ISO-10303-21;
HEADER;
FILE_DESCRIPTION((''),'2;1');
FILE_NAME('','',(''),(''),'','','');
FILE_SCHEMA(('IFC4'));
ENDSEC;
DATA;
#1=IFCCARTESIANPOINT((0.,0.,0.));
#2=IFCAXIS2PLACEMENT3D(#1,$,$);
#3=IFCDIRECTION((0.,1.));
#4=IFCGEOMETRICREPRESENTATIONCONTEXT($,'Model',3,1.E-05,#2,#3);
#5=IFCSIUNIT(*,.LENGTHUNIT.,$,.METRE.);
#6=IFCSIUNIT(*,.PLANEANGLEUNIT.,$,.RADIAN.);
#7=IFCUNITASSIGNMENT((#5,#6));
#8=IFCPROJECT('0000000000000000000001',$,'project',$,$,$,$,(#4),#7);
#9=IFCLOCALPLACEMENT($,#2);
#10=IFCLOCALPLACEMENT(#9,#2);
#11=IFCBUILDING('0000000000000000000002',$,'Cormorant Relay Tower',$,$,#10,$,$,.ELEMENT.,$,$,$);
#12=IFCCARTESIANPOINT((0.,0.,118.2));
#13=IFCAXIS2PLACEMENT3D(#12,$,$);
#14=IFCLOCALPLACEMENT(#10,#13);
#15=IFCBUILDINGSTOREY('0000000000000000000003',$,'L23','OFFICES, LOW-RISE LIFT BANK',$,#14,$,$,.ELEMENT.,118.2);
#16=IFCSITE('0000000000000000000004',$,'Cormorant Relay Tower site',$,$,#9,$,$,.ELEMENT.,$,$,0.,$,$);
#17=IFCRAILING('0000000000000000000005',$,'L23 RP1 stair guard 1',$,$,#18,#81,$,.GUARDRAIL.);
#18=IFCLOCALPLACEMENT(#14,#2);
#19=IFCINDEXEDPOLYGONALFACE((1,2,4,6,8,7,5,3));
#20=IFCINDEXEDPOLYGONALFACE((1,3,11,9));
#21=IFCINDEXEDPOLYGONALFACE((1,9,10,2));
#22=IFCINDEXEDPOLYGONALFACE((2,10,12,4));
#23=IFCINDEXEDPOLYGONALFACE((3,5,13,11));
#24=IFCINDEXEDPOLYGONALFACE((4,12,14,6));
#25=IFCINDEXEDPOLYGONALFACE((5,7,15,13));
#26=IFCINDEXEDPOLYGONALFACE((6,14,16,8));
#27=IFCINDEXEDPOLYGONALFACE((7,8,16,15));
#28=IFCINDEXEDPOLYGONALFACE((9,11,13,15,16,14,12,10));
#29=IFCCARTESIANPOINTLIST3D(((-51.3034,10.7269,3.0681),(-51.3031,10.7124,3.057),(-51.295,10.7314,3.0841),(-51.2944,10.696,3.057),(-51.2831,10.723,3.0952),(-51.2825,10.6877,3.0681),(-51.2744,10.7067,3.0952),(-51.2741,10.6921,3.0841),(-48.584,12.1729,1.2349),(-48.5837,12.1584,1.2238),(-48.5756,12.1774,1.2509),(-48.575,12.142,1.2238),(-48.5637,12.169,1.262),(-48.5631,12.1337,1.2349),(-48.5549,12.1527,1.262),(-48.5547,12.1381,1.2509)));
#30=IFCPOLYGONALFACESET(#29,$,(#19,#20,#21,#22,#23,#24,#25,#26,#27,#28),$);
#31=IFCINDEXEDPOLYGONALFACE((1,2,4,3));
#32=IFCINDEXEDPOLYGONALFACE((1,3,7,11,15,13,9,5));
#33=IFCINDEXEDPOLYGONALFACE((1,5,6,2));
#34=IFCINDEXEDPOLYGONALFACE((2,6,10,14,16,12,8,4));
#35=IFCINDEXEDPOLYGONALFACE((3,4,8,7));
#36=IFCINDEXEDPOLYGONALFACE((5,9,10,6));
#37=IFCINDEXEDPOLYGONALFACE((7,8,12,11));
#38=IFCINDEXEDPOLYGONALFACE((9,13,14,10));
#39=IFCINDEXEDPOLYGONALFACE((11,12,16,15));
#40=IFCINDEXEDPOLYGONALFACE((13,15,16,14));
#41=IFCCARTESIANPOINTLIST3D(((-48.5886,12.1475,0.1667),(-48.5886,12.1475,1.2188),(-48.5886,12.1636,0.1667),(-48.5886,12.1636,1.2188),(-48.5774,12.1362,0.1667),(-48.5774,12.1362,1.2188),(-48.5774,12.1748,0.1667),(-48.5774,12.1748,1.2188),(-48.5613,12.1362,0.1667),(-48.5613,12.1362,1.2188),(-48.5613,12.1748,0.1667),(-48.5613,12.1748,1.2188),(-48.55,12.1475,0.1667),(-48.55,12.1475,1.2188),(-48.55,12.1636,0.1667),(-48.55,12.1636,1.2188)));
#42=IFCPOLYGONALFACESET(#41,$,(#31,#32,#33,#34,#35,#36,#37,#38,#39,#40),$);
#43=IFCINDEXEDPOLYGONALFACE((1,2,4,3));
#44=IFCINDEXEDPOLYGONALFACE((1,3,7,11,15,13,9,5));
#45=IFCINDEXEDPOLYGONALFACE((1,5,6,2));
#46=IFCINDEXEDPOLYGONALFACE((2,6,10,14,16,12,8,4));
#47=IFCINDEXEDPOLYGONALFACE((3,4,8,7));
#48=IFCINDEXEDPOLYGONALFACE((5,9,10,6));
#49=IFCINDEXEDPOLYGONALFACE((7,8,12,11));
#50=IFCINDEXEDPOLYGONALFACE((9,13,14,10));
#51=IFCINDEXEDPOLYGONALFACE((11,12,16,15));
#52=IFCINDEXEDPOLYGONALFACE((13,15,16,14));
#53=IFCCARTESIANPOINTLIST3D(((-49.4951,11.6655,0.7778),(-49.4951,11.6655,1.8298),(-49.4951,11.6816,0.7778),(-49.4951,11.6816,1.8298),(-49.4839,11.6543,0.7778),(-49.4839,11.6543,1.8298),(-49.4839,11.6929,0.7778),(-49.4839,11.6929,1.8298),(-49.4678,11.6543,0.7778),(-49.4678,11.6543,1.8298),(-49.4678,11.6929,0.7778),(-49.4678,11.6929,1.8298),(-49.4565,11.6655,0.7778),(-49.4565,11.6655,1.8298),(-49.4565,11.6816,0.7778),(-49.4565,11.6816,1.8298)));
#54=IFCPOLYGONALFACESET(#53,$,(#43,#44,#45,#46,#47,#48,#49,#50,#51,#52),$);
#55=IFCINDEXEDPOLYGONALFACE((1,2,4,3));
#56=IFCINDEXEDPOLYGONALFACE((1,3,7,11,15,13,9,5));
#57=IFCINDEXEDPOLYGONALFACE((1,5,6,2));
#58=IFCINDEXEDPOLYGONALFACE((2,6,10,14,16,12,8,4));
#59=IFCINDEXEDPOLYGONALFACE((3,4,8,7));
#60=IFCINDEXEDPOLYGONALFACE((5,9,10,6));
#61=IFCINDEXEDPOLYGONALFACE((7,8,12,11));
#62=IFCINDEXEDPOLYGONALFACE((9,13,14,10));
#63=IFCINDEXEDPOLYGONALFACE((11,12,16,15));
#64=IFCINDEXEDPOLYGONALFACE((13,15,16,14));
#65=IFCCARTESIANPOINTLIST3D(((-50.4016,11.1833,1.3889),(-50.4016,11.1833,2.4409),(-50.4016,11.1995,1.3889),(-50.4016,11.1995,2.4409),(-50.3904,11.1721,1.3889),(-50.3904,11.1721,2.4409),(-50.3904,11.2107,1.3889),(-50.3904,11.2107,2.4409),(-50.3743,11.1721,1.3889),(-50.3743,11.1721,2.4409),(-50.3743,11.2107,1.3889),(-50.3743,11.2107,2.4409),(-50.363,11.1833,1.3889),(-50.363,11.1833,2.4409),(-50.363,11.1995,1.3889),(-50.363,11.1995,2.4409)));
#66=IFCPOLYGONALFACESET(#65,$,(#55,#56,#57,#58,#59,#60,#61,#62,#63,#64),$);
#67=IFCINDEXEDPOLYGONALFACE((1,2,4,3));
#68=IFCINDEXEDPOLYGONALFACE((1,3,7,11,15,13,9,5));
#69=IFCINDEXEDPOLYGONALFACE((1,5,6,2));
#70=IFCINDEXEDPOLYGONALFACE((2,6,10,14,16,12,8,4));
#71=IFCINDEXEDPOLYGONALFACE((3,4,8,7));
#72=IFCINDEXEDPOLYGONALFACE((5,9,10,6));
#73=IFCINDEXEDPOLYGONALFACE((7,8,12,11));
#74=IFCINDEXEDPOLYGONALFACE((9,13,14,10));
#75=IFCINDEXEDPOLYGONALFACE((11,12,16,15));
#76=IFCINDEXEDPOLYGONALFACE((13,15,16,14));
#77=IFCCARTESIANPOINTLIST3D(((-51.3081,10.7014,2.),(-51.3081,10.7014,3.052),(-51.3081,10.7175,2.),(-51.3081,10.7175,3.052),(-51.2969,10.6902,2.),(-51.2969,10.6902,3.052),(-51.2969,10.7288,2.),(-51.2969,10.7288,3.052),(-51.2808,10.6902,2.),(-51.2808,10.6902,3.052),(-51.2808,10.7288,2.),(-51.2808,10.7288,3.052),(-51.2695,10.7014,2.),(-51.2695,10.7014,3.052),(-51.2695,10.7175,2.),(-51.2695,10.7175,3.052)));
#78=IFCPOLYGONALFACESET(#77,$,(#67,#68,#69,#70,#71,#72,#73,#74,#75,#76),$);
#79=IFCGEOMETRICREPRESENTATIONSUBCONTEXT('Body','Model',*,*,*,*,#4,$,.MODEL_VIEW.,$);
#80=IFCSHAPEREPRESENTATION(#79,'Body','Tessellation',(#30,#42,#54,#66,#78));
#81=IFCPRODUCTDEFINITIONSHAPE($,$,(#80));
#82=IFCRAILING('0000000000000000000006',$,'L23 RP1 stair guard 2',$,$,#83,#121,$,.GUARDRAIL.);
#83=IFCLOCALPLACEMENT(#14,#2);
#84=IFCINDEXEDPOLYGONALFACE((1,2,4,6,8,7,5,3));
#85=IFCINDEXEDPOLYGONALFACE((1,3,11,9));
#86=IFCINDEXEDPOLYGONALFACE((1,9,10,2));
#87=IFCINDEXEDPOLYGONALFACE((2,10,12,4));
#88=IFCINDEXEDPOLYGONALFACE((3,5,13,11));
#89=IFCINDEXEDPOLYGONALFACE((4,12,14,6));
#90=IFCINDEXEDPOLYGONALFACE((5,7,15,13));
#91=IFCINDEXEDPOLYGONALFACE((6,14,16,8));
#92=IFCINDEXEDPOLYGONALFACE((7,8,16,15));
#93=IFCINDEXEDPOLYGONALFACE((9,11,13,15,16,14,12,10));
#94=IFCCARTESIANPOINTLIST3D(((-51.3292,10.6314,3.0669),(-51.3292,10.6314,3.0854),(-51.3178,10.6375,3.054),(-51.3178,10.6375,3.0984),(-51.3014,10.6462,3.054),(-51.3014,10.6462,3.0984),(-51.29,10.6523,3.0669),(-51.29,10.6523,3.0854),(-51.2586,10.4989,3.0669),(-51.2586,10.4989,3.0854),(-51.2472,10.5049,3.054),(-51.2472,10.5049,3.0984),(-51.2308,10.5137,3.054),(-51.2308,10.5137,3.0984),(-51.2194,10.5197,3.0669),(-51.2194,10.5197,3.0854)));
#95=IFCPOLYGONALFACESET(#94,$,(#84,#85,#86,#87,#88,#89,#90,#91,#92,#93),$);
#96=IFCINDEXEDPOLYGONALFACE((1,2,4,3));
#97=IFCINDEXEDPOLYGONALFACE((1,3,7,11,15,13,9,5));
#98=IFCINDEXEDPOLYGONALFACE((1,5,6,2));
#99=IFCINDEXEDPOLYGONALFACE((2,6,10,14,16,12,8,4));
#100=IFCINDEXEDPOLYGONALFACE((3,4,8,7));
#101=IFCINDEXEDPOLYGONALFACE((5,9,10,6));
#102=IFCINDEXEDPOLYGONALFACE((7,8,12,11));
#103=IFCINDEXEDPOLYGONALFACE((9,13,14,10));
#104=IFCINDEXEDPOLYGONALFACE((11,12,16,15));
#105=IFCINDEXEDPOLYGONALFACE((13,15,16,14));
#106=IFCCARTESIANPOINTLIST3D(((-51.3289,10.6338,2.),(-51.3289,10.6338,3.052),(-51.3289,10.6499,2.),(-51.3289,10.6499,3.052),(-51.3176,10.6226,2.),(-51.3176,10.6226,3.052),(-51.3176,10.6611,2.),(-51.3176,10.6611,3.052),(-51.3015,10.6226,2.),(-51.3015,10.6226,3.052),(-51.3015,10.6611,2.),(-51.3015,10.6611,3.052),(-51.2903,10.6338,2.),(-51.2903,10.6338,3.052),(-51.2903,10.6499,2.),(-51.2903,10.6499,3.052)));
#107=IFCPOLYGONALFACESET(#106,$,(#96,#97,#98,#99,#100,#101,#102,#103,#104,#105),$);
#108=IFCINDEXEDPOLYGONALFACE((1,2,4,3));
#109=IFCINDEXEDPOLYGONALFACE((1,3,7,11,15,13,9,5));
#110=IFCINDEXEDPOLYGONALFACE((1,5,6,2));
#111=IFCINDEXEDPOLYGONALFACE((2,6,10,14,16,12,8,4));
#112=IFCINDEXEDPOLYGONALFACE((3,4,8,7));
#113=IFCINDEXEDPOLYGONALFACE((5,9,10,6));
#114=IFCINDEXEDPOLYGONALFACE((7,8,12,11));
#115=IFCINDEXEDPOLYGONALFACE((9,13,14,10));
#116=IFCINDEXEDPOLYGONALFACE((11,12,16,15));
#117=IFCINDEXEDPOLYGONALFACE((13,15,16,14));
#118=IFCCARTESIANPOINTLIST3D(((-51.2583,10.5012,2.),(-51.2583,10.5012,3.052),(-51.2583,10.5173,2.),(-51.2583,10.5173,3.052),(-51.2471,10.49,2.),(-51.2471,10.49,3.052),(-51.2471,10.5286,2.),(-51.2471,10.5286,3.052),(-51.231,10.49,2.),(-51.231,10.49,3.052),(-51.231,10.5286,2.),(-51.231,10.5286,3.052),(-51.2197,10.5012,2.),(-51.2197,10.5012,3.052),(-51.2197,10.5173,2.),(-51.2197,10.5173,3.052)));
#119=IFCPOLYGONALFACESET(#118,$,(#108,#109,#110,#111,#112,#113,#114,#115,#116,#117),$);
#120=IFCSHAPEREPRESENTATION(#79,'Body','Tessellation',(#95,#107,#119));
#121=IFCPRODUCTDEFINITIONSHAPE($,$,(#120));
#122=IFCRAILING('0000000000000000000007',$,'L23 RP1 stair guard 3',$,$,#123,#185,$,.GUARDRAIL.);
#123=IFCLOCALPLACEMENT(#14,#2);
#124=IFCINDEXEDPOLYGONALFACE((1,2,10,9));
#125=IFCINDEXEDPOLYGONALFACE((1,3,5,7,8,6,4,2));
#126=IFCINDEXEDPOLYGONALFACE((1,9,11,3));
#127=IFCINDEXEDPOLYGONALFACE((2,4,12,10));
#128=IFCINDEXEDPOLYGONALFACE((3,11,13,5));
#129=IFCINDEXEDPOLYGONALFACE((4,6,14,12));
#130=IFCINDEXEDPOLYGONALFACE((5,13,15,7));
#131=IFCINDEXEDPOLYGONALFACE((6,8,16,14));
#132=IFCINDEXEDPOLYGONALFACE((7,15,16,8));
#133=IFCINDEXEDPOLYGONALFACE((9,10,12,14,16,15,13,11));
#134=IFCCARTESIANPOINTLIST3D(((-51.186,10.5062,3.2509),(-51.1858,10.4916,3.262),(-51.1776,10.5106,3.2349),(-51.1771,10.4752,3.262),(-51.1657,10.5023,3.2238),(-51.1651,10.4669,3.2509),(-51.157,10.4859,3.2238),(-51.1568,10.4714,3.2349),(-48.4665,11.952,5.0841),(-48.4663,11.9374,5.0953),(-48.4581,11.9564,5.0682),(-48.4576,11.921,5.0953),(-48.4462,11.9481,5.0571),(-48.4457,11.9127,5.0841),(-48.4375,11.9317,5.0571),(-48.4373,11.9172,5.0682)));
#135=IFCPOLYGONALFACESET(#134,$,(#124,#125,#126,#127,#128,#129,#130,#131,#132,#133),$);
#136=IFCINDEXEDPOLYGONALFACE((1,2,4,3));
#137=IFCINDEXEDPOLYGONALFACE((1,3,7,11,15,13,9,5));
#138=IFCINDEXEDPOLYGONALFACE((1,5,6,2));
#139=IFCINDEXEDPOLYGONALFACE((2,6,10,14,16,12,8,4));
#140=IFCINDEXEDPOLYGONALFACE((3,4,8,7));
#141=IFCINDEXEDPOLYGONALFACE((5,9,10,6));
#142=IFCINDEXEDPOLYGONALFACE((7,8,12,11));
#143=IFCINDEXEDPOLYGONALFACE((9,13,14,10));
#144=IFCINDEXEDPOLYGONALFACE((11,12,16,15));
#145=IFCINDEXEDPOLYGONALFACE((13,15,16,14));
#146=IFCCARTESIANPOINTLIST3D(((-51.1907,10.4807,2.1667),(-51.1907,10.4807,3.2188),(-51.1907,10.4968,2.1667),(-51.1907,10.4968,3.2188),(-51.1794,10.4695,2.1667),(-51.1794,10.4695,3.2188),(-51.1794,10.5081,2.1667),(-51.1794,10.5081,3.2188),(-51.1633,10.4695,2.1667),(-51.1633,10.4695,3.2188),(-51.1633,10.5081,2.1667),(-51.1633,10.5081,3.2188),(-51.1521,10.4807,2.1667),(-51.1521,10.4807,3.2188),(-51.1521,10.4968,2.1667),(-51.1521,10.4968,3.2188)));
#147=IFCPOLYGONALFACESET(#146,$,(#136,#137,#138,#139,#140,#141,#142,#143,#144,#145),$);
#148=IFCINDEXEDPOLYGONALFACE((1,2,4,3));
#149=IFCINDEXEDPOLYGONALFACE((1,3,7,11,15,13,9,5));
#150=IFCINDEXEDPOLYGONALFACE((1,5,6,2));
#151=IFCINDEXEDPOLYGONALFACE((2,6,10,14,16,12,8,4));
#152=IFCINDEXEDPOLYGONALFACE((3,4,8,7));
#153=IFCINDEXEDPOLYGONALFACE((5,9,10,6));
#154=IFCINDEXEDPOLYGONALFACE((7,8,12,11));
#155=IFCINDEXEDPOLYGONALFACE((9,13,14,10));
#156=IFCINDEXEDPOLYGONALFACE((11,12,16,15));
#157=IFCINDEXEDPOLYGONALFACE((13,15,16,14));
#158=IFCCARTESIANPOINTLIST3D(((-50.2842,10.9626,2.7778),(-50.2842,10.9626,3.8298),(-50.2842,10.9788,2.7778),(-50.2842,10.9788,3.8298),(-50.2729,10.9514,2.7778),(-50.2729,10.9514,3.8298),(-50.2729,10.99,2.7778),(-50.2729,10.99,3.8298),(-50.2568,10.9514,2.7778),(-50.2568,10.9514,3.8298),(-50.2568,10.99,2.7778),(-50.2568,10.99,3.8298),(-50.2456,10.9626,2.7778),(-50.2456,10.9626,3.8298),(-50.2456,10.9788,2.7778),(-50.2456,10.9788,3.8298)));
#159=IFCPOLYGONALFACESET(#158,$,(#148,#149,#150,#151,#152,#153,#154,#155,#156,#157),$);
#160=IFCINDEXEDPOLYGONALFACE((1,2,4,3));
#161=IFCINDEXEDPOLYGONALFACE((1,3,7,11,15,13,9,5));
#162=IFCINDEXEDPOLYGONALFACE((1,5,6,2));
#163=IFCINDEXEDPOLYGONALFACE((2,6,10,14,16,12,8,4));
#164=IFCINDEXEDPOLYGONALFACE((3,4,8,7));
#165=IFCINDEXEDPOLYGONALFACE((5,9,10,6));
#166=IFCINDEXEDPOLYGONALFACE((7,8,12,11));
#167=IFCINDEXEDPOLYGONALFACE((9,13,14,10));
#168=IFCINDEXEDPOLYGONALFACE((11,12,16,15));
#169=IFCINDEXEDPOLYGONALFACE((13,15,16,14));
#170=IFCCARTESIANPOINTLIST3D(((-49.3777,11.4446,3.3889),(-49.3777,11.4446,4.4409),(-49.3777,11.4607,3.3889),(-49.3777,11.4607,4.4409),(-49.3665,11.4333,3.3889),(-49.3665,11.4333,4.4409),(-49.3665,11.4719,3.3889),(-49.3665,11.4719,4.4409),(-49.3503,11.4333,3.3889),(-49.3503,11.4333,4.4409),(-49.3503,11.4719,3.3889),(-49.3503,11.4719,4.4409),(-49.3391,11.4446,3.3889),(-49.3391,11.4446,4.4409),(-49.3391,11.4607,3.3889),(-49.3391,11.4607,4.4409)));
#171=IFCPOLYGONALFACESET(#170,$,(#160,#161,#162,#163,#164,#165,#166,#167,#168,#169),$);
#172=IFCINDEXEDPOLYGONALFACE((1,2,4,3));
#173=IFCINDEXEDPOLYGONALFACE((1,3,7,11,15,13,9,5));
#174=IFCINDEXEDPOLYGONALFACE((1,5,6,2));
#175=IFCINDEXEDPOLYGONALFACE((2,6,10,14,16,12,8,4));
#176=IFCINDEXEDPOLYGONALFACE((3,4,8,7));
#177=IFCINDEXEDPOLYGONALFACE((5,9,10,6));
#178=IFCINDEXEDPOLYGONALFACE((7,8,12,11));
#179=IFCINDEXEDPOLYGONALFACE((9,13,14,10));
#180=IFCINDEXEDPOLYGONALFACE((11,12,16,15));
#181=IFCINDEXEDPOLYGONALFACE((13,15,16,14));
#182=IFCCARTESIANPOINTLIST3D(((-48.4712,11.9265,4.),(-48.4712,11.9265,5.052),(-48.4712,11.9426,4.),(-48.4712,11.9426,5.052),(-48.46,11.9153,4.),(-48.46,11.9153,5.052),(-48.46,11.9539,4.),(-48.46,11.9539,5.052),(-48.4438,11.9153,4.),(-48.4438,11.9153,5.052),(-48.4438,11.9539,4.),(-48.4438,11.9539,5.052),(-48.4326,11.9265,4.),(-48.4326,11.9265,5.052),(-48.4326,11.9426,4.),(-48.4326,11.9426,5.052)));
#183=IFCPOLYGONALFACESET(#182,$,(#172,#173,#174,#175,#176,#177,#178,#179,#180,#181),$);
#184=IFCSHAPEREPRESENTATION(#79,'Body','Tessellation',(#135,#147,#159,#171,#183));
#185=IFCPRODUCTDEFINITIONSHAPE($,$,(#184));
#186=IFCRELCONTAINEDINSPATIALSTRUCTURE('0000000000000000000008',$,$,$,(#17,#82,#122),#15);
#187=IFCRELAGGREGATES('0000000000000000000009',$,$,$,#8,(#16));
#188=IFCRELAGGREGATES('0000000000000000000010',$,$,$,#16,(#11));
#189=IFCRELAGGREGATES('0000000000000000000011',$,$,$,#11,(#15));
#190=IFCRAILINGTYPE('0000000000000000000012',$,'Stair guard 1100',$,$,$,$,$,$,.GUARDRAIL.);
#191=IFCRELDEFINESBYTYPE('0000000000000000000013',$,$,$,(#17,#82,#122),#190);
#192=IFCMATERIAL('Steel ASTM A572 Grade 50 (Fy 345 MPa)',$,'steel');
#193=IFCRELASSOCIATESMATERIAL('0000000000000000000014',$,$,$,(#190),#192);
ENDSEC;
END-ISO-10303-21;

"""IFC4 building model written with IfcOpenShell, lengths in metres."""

from ifc_helpers import new_model, si_unit, direction, frame, origin, place, context, subcontext, project, spatial, polyline, outline, extrude, material, type_object, element, save


model = new_model("IFC4")

# Units and contexts
model_context = context("Model", 3, precision=1e-05, world=origin(), true_north=direction((0.0, 1.0)))
body_context = subcontext(model_context, "Body", "Model", "MODEL_VIEW")
ifc_project = project(units=[si_unit("LENGTHUNIT", "METRE"), si_unit("PLANEANGLEUNIT", "RADIAN")], contexts=[model_context])

# Site, building, storey
site_placement = place(None, origin())
site = spatial("IfcSite", under=ifc_project, at=site_placement, Name="Cormorant Relay Tower site", CompositionType="ELEMENT", RefElevation=0.0)
building_placement = place(site_placement, origin())
building = spatial("IfcBuilding", under=site, at=building_placement, Name="Cormorant Relay Tower", CompositionType="ELEMENT")
storey_placement = place(building_placement, frame((0.0, 0.0, 118.2)))
storey = spatial("IfcBuildingStorey", under=building, at=storey_placement, Name="L23", Description="OFFICES, LOW-RISE LIFT BANK", CompositionType="ELEMENT", Elevation=118.2)

# Railings
ifc_material_1 = material(Name="Steel ASTM A572 Grade 50 (Fy 345 MPa)", Category="steel")
railing_type_1 = type_object("IfcRailingType", Name="Stair guard 1100", PredefinedType="GUARDRAIL", material=ifc_material_1)
railing_1_placement = place(storey_placement, frame((-48.5693, 12.1555, 0.1667)))
element("IfcRailing", 1, at=railing_1_placement, inside=storey, type_object=railing_type_1, Name="L23 RP1 stair guard 1", PredefinedType="GUARDRAIL", context=body_context, shape_type="SweptSolid", body=[
    extrude(outline(polyline([(0.0222, 0.0093), (0.0093, 0.0222), (-0.0093, 0.0222), (-0.0222, 0.0093), (-0.0222, -0.0093), (-0.0093, -0.0222), (0.0093, -0.0222), (0.0222, -0.0093), (0.0222, 0.0093)])), frame((0.0, 0.0, 1.0762), z_axis=(-0.758714, -0.403435, 0.511463), x_axis=(0.469489, -0.882938, 0.0)), (0.0, 0.0, 1.0), 3.5842),
    extrude(outline(polyline([(0.0193, 0.0081), (0.0081, 0.0193), (-0.0081, 0.0193), (-0.0193, 0.0081), (-0.0193, -0.0081), (-0.0081, -0.0193), (0.0081, -0.0193), (0.0193, -0.0081), (0.0193, 0.0081)])), origin(), (0.0, 0.0, 1.0), 1.052),
    extrude(outline(polyline([(0.0193, 0.0081), (0.0081, 0.0193), (-0.0081, 0.0193), (-0.0193, 0.0081), (-0.0193, -0.0081), (-0.0081, -0.0193), (0.0081, -0.0193), (0.0193, -0.0081), (0.0193, 0.0081)])), frame((-0.9065, -0.4819, 0.6111)), (0.0, 0.0, 1.0), 1.052),
    extrude(outline(polyline([(0.0193, 0.0081), (0.0081, 0.0193), (-0.0081, 0.0193), (-0.0193, 0.0081), (-0.0193, -0.0081), (-0.0081, -0.0193), (0.0081, -0.0193), (0.0193, -0.0081), (0.0193, 0.0081)])), frame((-1.813, -0.9641, 1.2222)), (0.0, 0.0, 1.0), 1.052),
    extrude(outline(polyline([(0.0193, 0.0081), (0.0081, 0.0193), (-0.0081, 0.0193), (-0.0193, 0.0081), (-0.0193, -0.0081), (-0.0081, -0.0193), (0.0081, -0.0193), (0.0193, -0.0081), (0.0193, 0.0081)])), frame((-2.7195, -1.446, 1.8333)), (0.0, 0.0, 1.0), 1.052),
])
railing_2_placement = place(storey_placement, frame((-51.3096, 10.6418, 2.0)))
element("IfcRailing", 2, at=railing_2_placement, inside=storey, type_object=railing_type_1, Name="L23 RP1 stair guard 2", PredefinedType="GUARDRAIL", context=body_context, shape_type="SweptSolid", body=[
    extrude(outline(polyline([(0.0222, 0.0093), (0.0093, 0.0222), (-0.0093, 0.0222), (-0.0222, 0.0093), (-0.0222, -0.0093), (-0.0093, -0.0222), (0.0093, -0.0222), (0.0222, -0.0093), (0.0222, 0.0093)])), frame((0.0, 0.0, 1.0762), z_axis=(0.469829, -0.882758, 0.0), x_axis=(0.882758, 0.469829, 0.0)), (0.0, 0.0, 1.0), 0.1501),
    extrude(outline(polyline([(0.0193, 0.0081), (0.0081, 0.0193), (-0.0081, 0.0193), (-0.0193, 0.0081), (-0.0193, -0.0081), (-0.0081, -0.0193), (0.0081, -0.0193), (0.0193, -0.0081), (0.0193, 0.0081)])), origin(), (0.0, 0.0, 1.0), 1.052),
    extrude(outline(polyline([(0.0193, 0.0081), (0.0081, 0.0193), (-0.0081, 0.0193), (-0.0193, 0.0081), (-0.0193, -0.0081), (-0.0081, -0.0193), (0.0081, -0.0193), (0.0193, -0.0081), (0.0193, 0.0081)])), frame((0.0706, -0.1326, 0.0)), (0.0, 0.0, 1.0), 1.052),
])
railing_3_placement = place(storey_placement, frame((-51.1714, 10.4888, 2.1667)))
element("IfcRailing", 3, at=railing_3_placement, inside=storey, type_object=railing_type_1, Name="L23 RP1 stair guard 3", PredefinedType="GUARDRAIL", context=body_context, shape_type="SweptSolid", body=[
    extrude(outline(polyline([(0.0222, 0.0093), (0.0093, 0.0222), (-0.0093, 0.0222), (-0.0222, 0.0093), (-0.0222, -0.0093), (-0.0093, -0.0222), (0.0093, -0.0222), (0.0222, -0.0093), (0.0222, 0.0093)])), frame((0.0, 0.0, 1.0762), z_axis=(0.758735, 0.403378, 0.511477), x_axis=(-0.469428, 0.882971, 0.0)), (0.0, 0.0, 1.0), 3.5842),
    extrude(outline(polyline([(0.0193, 0.0081), (0.0081, 0.0193), (-0.0081, 0.0193), (-0.0193, 0.0081), (-0.0193, -0.0081), (-0.0081, -0.0193), (0.0081, -0.0193), (0.0193, -0.0081), (0.0193, 0.0081)])), origin(), (0.0, 0.0, 1.0), 1.052),
    extrude(outline(polyline([(0.0193, 0.0081), (0.0081, 0.0193), (-0.0081, 0.0193), (-0.0193, 0.0081), (-0.0193, -0.0081), (-0.0081, -0.0193), (0.0081, -0.0193), (0.0193, -0.0081), (0.0193, 0.0081)])), frame((0.9065, 0.4819, 0.6111)), (0.0, 0.0, 1.0), 1.052),
    extrude(outline(polyline([(0.0193, 0.0081), (0.0081, 0.0193), (-0.0081, 0.0193), (-0.0193, 0.0081), (-0.0193, -0.0081), (-0.0081, -0.0193), (0.0081, -0.0193), (0.0193, -0.0081), (0.0193, 0.0081)])), frame((1.813, 0.9639, 1.2222)), (0.0, 0.0, 1.0), 1.052),
    extrude(outline(polyline([(0.0193, 0.0081), (0.0081, 0.0193), (-0.0081, 0.0193), (-0.0193, 0.0081), (-0.0193, -0.0081), (-0.0081, -0.0193), (0.0081, -0.0193), (0.0193, -0.0081), (0.0193, 0.0081)])), frame((2.7195, 1.4458, 1.8333)), (0.0, 0.0, 1.0), 1.052),
])

save(model, "model.ifc")
